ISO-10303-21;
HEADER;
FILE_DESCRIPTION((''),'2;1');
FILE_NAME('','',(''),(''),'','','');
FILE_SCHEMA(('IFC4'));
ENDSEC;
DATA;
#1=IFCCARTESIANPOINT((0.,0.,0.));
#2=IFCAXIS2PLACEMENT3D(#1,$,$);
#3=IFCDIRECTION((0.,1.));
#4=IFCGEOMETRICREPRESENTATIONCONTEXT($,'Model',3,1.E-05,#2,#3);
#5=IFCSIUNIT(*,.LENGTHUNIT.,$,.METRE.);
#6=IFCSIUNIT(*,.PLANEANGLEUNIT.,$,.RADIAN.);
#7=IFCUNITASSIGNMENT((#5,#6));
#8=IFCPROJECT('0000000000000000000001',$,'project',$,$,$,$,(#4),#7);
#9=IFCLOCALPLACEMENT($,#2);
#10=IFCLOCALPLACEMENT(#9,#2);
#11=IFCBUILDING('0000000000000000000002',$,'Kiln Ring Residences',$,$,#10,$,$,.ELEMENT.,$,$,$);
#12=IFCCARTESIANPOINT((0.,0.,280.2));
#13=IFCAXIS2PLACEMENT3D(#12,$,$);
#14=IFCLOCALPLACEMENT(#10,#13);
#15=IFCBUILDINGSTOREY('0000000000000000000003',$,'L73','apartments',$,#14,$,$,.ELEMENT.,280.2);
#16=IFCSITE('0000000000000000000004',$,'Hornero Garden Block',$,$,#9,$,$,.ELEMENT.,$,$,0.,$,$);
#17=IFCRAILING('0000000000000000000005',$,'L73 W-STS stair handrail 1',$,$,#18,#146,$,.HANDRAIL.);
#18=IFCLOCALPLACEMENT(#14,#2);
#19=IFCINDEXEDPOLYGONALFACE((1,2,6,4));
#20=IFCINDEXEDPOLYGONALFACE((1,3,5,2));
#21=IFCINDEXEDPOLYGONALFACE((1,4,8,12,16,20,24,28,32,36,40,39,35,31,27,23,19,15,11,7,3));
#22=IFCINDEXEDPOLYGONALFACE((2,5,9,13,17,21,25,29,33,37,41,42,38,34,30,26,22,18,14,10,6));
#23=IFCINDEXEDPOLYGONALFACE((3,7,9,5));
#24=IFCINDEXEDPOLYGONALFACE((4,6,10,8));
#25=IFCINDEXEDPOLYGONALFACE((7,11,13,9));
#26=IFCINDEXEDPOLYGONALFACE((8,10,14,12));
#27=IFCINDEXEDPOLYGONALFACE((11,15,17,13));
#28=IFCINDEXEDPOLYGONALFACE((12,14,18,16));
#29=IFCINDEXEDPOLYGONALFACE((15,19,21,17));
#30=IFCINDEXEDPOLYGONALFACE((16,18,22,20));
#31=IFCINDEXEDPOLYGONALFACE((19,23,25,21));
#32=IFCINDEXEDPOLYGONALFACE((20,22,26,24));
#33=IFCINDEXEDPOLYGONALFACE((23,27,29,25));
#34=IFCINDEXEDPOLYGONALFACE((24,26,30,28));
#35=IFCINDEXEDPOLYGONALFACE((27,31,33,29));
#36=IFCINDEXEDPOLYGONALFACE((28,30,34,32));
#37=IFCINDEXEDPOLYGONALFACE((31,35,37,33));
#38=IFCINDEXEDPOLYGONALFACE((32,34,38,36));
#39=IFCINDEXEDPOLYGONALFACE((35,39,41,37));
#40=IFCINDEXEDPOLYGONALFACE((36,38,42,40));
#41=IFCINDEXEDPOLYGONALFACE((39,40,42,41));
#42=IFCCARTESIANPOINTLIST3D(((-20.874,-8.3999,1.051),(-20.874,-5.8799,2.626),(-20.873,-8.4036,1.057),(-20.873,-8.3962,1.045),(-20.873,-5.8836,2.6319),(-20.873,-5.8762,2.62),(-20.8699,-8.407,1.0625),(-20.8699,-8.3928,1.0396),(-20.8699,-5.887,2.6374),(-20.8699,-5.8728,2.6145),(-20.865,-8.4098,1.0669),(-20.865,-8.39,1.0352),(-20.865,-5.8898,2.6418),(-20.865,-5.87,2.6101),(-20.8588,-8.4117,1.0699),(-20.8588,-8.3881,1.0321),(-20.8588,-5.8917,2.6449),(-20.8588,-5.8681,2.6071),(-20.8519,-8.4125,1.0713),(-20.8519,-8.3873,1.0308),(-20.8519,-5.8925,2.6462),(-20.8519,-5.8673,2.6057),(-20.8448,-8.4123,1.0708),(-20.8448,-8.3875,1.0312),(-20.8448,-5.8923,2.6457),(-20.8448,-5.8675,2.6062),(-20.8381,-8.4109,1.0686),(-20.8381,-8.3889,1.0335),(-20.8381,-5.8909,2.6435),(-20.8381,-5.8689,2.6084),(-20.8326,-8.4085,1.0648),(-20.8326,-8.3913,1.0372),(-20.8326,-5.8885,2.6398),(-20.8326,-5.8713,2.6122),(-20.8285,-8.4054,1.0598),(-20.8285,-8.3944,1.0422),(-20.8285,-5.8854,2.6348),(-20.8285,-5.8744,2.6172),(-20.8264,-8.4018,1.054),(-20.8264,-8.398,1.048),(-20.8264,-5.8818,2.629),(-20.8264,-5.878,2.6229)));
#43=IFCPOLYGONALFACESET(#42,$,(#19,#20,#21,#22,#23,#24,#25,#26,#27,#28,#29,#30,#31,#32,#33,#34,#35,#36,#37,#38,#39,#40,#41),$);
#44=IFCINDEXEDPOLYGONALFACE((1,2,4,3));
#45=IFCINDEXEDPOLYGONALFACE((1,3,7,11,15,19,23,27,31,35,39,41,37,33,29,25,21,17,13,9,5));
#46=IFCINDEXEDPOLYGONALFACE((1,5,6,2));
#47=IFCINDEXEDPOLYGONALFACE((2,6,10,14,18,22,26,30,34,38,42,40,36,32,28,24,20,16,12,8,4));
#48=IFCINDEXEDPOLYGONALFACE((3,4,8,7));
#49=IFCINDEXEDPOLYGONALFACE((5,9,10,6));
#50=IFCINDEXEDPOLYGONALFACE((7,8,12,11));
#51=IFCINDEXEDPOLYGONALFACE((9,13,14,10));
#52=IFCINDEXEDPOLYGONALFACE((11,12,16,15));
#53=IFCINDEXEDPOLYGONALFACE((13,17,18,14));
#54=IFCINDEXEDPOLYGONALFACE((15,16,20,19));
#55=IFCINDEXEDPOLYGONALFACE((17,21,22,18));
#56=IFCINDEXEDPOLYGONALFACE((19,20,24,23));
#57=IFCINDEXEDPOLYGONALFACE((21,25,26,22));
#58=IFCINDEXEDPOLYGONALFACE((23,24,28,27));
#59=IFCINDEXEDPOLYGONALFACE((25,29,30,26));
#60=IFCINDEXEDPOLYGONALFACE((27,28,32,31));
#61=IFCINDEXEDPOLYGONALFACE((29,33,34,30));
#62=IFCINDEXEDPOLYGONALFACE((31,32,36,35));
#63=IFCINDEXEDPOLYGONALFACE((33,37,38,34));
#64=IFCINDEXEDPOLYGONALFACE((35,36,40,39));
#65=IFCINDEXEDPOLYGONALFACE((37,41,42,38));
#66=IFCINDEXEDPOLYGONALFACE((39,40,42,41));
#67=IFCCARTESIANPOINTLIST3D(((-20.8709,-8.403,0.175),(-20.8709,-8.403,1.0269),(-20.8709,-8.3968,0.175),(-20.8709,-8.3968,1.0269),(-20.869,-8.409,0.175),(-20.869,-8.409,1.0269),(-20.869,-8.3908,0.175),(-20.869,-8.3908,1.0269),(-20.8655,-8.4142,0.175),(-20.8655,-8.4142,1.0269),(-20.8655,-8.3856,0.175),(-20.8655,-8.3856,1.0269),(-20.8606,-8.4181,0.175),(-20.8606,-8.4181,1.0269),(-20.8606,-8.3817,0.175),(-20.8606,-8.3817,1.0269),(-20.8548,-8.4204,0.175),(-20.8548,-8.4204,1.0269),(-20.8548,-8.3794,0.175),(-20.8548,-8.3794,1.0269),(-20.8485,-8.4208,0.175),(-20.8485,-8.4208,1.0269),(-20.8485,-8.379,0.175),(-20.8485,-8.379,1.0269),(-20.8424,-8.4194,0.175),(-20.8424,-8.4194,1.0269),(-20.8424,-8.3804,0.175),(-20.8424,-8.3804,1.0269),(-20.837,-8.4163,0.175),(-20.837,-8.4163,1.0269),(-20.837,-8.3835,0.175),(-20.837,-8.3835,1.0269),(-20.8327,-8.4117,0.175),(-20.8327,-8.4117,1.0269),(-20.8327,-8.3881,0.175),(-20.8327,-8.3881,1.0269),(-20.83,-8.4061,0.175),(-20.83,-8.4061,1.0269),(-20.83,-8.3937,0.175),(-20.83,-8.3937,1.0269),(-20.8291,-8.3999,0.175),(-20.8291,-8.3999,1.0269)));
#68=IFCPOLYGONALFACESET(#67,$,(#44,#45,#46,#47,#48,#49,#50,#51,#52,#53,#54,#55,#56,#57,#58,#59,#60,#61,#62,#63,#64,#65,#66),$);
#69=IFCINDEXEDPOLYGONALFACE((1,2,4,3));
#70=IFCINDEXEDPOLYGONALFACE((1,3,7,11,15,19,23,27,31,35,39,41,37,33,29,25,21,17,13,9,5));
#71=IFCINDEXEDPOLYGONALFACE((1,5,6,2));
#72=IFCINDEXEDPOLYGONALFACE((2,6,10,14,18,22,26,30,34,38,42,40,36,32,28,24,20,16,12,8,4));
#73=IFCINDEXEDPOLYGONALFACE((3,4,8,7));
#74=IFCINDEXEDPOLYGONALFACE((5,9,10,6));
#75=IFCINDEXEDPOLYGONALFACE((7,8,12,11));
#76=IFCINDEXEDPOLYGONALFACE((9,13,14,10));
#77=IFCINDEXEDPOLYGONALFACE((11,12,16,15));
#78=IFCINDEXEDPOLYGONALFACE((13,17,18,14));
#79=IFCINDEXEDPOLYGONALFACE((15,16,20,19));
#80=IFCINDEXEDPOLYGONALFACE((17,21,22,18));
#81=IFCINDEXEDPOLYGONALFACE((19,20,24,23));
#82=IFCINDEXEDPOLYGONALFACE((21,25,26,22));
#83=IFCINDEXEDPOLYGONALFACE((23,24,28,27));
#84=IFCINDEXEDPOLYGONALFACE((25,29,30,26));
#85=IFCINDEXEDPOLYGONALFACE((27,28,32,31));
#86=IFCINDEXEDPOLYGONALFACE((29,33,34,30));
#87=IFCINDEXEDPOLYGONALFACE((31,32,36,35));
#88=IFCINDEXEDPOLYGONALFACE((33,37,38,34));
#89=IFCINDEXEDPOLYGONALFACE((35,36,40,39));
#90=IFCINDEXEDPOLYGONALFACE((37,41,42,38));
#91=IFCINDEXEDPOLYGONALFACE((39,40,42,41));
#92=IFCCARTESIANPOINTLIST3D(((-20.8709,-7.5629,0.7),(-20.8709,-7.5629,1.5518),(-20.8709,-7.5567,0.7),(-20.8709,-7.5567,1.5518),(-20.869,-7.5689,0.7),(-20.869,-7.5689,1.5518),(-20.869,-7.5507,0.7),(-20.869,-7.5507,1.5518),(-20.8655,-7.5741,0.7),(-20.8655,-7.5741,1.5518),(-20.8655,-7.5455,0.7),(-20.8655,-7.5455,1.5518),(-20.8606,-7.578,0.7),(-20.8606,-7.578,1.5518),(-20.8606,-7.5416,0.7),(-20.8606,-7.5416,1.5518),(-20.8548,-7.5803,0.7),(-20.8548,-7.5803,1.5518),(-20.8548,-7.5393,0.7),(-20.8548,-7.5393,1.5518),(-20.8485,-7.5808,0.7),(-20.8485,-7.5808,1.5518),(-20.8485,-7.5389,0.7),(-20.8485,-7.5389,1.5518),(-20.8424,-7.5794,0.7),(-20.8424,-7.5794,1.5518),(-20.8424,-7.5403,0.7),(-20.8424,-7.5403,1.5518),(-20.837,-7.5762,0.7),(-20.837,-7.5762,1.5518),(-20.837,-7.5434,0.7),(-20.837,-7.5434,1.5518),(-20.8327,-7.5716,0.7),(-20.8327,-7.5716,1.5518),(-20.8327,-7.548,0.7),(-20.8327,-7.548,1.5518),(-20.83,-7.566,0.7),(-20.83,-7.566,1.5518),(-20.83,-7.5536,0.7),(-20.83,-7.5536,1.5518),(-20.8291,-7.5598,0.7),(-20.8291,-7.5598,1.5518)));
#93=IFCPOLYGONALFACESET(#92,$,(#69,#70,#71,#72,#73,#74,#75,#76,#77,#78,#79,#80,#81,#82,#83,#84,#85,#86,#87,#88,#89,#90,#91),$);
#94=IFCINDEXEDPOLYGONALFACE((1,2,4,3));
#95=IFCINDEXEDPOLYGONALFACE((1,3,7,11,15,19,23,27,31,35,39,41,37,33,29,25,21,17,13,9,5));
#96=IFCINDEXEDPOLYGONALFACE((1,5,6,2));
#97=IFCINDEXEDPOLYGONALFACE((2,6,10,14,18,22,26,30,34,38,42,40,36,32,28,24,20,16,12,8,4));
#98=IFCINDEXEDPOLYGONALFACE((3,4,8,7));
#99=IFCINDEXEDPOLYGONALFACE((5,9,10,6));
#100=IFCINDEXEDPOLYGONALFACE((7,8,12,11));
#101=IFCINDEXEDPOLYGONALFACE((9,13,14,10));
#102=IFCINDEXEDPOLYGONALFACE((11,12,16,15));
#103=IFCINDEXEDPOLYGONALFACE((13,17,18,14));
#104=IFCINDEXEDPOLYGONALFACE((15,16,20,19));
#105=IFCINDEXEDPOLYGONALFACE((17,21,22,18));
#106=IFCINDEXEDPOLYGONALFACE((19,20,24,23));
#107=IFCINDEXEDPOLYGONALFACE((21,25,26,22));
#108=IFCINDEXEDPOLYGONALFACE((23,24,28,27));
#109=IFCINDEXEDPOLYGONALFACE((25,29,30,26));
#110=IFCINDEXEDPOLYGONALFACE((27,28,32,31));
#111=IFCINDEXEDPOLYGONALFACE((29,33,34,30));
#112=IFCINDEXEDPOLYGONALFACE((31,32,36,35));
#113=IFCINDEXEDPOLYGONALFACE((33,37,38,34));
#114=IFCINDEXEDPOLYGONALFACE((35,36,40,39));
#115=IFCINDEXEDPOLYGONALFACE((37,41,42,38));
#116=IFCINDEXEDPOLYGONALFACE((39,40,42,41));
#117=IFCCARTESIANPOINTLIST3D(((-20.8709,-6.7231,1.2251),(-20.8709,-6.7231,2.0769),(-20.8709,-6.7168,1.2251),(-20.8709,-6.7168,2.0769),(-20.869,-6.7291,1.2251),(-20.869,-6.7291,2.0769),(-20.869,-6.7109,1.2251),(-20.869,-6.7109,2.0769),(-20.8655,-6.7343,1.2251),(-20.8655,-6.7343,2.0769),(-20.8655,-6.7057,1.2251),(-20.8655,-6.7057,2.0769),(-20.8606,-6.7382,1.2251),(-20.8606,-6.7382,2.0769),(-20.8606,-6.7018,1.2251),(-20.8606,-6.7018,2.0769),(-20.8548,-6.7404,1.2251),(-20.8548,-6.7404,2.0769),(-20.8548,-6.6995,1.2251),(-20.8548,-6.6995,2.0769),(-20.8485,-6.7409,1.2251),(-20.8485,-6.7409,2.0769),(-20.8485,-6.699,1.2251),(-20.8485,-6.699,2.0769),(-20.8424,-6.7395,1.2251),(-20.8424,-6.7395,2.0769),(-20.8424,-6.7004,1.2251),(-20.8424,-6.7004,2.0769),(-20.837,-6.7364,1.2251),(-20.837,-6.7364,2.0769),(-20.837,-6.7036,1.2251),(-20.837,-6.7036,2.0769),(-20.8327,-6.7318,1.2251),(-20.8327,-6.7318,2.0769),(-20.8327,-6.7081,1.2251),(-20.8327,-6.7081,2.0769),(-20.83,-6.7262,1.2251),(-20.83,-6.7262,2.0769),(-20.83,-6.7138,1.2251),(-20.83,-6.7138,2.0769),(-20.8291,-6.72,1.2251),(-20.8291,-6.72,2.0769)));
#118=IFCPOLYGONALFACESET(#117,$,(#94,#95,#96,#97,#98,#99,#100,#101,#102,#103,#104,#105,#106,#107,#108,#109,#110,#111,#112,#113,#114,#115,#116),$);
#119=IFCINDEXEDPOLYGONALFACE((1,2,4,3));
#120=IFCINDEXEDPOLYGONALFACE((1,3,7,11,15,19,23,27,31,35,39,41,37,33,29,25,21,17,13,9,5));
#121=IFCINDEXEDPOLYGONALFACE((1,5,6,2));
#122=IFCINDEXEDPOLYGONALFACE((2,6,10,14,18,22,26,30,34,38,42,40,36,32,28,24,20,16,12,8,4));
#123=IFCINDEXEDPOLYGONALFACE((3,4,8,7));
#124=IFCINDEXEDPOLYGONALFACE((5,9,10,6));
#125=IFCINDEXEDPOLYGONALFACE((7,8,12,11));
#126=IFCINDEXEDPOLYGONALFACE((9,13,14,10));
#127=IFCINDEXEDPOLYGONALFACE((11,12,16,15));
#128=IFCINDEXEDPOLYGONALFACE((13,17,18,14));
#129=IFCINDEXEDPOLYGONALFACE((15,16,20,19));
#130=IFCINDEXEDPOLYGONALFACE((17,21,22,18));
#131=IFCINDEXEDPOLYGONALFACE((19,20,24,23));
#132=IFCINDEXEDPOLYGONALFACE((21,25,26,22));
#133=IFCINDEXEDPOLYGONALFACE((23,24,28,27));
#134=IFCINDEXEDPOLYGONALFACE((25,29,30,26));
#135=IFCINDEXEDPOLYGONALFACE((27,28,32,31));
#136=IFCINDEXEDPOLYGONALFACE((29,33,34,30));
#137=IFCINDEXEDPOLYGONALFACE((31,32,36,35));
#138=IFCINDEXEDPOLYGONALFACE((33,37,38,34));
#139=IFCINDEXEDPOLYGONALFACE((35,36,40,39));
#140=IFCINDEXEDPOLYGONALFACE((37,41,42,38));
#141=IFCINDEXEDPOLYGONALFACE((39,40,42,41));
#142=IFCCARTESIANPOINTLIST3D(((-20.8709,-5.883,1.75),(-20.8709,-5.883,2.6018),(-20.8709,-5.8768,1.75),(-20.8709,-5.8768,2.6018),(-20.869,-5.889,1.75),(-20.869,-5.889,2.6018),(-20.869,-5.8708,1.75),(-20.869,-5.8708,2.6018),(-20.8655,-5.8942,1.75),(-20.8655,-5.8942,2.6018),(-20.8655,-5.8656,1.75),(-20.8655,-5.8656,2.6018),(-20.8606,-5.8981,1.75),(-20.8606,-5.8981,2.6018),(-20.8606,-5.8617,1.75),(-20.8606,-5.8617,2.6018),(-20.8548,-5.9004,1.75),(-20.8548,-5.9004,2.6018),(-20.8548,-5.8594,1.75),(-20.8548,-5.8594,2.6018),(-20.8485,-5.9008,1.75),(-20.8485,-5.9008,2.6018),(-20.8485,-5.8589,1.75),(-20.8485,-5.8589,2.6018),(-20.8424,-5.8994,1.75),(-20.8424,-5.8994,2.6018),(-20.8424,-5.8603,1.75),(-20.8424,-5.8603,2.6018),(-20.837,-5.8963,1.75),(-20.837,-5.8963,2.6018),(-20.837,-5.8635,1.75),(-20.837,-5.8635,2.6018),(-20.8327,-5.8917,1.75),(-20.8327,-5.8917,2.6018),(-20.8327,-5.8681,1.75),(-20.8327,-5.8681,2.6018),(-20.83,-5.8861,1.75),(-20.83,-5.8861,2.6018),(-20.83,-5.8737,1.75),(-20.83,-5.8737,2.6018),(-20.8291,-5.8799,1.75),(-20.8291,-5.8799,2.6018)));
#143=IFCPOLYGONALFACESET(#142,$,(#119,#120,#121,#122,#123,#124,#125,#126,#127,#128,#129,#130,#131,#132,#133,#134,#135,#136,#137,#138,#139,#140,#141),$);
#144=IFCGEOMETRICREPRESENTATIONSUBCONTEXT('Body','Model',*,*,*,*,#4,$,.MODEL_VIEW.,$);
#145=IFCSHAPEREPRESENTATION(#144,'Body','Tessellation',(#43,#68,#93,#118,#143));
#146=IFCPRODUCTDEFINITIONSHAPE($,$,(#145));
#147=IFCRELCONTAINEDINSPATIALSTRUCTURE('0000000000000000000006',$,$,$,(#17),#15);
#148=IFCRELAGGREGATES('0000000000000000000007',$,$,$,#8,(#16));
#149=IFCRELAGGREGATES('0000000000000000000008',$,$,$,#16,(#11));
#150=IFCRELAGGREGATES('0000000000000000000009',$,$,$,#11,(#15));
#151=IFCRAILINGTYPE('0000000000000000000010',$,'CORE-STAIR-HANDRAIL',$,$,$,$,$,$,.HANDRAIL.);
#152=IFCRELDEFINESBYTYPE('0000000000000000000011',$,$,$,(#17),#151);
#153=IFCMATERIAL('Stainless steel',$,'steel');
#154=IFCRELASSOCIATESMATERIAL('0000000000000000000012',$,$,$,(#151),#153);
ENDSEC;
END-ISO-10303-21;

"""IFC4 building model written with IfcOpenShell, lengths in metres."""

from ifc_helpers import new_model, si_unit, direction, frame, origin, origin_2d, place, context, subcontext, project, spatial, circle, extrude, material, type_object, element, save


model = new_model("IFC4")

# Units and contexts
model_context = context("Model", 3, precision=1e-05, world=origin(), true_north=direction((0.0, 1.0)))
body_context = subcontext(model_context, "Body", "Model", "MODEL_VIEW")
ifc_project = project(units=[si_unit("LENGTHUNIT", "METRE"), si_unit("PLANEANGLEUNIT", "RADIAN")], contexts=[model_context])

# Site, building, storey
site_placement = place(None, origin())
site = spatial("IfcSite", under=ifc_project, at=site_placement, Name="Hornero Garden Block", CompositionType="ELEMENT", RefElevation=0.0)
building_placement = place(site_placement, origin())
building = spatial("IfcBuilding", under=site, at=building_placement, Name="Kiln Ring Residences", CompositionType="ELEMENT")
storey_placement = place(building_placement, frame((0.0, 0.0, 280.2)))
storey = spatial("IfcBuildingStorey", under=building, at=storey_placement, Name="L73", Description="apartments", CompositionType="ELEMENT", Elevation=280.2)

# Railing
ifc_material_1 = material(Name="Stainless steel", Category="steel")
railing_type_1 = type_object("IfcRailingType", Name="CORE-STAIR-HANDRAIL", PredefinedType="HANDRAIL", material=ifc_material_1)
railing_1_placement = place(storey_placement, frame((-20.8501, -8.3999, 0.175)))
element("IfcRailing", 1, at=railing_1_placement, inside=storey, type_object=railing_type_1, Name="L73 W-STS stair handrail 1", PredefinedType="HANDRAIL", context=body_context, shape_type="SweptSolid", body=[
    extrude(circle(Radius=0.0239, at=origin_2d()), frame((0.0, 0.0, 0.876), z_axis=(0.0, 0.848008, 0.529984), x_axis=(-1.0, 0.0, 0.0)), (0.0, 0.0, 1.0), 2.9717),
    extrude(circle(Radius=0.021, at=origin_2d()), origin(), (0.0, 0.0, 1.0), 0.8518),
    extrude(circle(Radius=0.021, at=origin_2d()), frame((0.0, 0.8401, 0.5249)), (0.0, 0.0, 1.0), 0.8518),
    extrude(circle(Radius=0.021, at=origin_2d()), frame((0.0, 1.6799, 1.05)), (0.0, 0.0, 1.0), 0.8518),
    extrude(circle(Radius=0.021, at=origin_2d()), frame((0.0, 2.52, 1.575)), (0.0, 0.0, 1.0), 0.8518),
])

save(model, "model.ifc")
